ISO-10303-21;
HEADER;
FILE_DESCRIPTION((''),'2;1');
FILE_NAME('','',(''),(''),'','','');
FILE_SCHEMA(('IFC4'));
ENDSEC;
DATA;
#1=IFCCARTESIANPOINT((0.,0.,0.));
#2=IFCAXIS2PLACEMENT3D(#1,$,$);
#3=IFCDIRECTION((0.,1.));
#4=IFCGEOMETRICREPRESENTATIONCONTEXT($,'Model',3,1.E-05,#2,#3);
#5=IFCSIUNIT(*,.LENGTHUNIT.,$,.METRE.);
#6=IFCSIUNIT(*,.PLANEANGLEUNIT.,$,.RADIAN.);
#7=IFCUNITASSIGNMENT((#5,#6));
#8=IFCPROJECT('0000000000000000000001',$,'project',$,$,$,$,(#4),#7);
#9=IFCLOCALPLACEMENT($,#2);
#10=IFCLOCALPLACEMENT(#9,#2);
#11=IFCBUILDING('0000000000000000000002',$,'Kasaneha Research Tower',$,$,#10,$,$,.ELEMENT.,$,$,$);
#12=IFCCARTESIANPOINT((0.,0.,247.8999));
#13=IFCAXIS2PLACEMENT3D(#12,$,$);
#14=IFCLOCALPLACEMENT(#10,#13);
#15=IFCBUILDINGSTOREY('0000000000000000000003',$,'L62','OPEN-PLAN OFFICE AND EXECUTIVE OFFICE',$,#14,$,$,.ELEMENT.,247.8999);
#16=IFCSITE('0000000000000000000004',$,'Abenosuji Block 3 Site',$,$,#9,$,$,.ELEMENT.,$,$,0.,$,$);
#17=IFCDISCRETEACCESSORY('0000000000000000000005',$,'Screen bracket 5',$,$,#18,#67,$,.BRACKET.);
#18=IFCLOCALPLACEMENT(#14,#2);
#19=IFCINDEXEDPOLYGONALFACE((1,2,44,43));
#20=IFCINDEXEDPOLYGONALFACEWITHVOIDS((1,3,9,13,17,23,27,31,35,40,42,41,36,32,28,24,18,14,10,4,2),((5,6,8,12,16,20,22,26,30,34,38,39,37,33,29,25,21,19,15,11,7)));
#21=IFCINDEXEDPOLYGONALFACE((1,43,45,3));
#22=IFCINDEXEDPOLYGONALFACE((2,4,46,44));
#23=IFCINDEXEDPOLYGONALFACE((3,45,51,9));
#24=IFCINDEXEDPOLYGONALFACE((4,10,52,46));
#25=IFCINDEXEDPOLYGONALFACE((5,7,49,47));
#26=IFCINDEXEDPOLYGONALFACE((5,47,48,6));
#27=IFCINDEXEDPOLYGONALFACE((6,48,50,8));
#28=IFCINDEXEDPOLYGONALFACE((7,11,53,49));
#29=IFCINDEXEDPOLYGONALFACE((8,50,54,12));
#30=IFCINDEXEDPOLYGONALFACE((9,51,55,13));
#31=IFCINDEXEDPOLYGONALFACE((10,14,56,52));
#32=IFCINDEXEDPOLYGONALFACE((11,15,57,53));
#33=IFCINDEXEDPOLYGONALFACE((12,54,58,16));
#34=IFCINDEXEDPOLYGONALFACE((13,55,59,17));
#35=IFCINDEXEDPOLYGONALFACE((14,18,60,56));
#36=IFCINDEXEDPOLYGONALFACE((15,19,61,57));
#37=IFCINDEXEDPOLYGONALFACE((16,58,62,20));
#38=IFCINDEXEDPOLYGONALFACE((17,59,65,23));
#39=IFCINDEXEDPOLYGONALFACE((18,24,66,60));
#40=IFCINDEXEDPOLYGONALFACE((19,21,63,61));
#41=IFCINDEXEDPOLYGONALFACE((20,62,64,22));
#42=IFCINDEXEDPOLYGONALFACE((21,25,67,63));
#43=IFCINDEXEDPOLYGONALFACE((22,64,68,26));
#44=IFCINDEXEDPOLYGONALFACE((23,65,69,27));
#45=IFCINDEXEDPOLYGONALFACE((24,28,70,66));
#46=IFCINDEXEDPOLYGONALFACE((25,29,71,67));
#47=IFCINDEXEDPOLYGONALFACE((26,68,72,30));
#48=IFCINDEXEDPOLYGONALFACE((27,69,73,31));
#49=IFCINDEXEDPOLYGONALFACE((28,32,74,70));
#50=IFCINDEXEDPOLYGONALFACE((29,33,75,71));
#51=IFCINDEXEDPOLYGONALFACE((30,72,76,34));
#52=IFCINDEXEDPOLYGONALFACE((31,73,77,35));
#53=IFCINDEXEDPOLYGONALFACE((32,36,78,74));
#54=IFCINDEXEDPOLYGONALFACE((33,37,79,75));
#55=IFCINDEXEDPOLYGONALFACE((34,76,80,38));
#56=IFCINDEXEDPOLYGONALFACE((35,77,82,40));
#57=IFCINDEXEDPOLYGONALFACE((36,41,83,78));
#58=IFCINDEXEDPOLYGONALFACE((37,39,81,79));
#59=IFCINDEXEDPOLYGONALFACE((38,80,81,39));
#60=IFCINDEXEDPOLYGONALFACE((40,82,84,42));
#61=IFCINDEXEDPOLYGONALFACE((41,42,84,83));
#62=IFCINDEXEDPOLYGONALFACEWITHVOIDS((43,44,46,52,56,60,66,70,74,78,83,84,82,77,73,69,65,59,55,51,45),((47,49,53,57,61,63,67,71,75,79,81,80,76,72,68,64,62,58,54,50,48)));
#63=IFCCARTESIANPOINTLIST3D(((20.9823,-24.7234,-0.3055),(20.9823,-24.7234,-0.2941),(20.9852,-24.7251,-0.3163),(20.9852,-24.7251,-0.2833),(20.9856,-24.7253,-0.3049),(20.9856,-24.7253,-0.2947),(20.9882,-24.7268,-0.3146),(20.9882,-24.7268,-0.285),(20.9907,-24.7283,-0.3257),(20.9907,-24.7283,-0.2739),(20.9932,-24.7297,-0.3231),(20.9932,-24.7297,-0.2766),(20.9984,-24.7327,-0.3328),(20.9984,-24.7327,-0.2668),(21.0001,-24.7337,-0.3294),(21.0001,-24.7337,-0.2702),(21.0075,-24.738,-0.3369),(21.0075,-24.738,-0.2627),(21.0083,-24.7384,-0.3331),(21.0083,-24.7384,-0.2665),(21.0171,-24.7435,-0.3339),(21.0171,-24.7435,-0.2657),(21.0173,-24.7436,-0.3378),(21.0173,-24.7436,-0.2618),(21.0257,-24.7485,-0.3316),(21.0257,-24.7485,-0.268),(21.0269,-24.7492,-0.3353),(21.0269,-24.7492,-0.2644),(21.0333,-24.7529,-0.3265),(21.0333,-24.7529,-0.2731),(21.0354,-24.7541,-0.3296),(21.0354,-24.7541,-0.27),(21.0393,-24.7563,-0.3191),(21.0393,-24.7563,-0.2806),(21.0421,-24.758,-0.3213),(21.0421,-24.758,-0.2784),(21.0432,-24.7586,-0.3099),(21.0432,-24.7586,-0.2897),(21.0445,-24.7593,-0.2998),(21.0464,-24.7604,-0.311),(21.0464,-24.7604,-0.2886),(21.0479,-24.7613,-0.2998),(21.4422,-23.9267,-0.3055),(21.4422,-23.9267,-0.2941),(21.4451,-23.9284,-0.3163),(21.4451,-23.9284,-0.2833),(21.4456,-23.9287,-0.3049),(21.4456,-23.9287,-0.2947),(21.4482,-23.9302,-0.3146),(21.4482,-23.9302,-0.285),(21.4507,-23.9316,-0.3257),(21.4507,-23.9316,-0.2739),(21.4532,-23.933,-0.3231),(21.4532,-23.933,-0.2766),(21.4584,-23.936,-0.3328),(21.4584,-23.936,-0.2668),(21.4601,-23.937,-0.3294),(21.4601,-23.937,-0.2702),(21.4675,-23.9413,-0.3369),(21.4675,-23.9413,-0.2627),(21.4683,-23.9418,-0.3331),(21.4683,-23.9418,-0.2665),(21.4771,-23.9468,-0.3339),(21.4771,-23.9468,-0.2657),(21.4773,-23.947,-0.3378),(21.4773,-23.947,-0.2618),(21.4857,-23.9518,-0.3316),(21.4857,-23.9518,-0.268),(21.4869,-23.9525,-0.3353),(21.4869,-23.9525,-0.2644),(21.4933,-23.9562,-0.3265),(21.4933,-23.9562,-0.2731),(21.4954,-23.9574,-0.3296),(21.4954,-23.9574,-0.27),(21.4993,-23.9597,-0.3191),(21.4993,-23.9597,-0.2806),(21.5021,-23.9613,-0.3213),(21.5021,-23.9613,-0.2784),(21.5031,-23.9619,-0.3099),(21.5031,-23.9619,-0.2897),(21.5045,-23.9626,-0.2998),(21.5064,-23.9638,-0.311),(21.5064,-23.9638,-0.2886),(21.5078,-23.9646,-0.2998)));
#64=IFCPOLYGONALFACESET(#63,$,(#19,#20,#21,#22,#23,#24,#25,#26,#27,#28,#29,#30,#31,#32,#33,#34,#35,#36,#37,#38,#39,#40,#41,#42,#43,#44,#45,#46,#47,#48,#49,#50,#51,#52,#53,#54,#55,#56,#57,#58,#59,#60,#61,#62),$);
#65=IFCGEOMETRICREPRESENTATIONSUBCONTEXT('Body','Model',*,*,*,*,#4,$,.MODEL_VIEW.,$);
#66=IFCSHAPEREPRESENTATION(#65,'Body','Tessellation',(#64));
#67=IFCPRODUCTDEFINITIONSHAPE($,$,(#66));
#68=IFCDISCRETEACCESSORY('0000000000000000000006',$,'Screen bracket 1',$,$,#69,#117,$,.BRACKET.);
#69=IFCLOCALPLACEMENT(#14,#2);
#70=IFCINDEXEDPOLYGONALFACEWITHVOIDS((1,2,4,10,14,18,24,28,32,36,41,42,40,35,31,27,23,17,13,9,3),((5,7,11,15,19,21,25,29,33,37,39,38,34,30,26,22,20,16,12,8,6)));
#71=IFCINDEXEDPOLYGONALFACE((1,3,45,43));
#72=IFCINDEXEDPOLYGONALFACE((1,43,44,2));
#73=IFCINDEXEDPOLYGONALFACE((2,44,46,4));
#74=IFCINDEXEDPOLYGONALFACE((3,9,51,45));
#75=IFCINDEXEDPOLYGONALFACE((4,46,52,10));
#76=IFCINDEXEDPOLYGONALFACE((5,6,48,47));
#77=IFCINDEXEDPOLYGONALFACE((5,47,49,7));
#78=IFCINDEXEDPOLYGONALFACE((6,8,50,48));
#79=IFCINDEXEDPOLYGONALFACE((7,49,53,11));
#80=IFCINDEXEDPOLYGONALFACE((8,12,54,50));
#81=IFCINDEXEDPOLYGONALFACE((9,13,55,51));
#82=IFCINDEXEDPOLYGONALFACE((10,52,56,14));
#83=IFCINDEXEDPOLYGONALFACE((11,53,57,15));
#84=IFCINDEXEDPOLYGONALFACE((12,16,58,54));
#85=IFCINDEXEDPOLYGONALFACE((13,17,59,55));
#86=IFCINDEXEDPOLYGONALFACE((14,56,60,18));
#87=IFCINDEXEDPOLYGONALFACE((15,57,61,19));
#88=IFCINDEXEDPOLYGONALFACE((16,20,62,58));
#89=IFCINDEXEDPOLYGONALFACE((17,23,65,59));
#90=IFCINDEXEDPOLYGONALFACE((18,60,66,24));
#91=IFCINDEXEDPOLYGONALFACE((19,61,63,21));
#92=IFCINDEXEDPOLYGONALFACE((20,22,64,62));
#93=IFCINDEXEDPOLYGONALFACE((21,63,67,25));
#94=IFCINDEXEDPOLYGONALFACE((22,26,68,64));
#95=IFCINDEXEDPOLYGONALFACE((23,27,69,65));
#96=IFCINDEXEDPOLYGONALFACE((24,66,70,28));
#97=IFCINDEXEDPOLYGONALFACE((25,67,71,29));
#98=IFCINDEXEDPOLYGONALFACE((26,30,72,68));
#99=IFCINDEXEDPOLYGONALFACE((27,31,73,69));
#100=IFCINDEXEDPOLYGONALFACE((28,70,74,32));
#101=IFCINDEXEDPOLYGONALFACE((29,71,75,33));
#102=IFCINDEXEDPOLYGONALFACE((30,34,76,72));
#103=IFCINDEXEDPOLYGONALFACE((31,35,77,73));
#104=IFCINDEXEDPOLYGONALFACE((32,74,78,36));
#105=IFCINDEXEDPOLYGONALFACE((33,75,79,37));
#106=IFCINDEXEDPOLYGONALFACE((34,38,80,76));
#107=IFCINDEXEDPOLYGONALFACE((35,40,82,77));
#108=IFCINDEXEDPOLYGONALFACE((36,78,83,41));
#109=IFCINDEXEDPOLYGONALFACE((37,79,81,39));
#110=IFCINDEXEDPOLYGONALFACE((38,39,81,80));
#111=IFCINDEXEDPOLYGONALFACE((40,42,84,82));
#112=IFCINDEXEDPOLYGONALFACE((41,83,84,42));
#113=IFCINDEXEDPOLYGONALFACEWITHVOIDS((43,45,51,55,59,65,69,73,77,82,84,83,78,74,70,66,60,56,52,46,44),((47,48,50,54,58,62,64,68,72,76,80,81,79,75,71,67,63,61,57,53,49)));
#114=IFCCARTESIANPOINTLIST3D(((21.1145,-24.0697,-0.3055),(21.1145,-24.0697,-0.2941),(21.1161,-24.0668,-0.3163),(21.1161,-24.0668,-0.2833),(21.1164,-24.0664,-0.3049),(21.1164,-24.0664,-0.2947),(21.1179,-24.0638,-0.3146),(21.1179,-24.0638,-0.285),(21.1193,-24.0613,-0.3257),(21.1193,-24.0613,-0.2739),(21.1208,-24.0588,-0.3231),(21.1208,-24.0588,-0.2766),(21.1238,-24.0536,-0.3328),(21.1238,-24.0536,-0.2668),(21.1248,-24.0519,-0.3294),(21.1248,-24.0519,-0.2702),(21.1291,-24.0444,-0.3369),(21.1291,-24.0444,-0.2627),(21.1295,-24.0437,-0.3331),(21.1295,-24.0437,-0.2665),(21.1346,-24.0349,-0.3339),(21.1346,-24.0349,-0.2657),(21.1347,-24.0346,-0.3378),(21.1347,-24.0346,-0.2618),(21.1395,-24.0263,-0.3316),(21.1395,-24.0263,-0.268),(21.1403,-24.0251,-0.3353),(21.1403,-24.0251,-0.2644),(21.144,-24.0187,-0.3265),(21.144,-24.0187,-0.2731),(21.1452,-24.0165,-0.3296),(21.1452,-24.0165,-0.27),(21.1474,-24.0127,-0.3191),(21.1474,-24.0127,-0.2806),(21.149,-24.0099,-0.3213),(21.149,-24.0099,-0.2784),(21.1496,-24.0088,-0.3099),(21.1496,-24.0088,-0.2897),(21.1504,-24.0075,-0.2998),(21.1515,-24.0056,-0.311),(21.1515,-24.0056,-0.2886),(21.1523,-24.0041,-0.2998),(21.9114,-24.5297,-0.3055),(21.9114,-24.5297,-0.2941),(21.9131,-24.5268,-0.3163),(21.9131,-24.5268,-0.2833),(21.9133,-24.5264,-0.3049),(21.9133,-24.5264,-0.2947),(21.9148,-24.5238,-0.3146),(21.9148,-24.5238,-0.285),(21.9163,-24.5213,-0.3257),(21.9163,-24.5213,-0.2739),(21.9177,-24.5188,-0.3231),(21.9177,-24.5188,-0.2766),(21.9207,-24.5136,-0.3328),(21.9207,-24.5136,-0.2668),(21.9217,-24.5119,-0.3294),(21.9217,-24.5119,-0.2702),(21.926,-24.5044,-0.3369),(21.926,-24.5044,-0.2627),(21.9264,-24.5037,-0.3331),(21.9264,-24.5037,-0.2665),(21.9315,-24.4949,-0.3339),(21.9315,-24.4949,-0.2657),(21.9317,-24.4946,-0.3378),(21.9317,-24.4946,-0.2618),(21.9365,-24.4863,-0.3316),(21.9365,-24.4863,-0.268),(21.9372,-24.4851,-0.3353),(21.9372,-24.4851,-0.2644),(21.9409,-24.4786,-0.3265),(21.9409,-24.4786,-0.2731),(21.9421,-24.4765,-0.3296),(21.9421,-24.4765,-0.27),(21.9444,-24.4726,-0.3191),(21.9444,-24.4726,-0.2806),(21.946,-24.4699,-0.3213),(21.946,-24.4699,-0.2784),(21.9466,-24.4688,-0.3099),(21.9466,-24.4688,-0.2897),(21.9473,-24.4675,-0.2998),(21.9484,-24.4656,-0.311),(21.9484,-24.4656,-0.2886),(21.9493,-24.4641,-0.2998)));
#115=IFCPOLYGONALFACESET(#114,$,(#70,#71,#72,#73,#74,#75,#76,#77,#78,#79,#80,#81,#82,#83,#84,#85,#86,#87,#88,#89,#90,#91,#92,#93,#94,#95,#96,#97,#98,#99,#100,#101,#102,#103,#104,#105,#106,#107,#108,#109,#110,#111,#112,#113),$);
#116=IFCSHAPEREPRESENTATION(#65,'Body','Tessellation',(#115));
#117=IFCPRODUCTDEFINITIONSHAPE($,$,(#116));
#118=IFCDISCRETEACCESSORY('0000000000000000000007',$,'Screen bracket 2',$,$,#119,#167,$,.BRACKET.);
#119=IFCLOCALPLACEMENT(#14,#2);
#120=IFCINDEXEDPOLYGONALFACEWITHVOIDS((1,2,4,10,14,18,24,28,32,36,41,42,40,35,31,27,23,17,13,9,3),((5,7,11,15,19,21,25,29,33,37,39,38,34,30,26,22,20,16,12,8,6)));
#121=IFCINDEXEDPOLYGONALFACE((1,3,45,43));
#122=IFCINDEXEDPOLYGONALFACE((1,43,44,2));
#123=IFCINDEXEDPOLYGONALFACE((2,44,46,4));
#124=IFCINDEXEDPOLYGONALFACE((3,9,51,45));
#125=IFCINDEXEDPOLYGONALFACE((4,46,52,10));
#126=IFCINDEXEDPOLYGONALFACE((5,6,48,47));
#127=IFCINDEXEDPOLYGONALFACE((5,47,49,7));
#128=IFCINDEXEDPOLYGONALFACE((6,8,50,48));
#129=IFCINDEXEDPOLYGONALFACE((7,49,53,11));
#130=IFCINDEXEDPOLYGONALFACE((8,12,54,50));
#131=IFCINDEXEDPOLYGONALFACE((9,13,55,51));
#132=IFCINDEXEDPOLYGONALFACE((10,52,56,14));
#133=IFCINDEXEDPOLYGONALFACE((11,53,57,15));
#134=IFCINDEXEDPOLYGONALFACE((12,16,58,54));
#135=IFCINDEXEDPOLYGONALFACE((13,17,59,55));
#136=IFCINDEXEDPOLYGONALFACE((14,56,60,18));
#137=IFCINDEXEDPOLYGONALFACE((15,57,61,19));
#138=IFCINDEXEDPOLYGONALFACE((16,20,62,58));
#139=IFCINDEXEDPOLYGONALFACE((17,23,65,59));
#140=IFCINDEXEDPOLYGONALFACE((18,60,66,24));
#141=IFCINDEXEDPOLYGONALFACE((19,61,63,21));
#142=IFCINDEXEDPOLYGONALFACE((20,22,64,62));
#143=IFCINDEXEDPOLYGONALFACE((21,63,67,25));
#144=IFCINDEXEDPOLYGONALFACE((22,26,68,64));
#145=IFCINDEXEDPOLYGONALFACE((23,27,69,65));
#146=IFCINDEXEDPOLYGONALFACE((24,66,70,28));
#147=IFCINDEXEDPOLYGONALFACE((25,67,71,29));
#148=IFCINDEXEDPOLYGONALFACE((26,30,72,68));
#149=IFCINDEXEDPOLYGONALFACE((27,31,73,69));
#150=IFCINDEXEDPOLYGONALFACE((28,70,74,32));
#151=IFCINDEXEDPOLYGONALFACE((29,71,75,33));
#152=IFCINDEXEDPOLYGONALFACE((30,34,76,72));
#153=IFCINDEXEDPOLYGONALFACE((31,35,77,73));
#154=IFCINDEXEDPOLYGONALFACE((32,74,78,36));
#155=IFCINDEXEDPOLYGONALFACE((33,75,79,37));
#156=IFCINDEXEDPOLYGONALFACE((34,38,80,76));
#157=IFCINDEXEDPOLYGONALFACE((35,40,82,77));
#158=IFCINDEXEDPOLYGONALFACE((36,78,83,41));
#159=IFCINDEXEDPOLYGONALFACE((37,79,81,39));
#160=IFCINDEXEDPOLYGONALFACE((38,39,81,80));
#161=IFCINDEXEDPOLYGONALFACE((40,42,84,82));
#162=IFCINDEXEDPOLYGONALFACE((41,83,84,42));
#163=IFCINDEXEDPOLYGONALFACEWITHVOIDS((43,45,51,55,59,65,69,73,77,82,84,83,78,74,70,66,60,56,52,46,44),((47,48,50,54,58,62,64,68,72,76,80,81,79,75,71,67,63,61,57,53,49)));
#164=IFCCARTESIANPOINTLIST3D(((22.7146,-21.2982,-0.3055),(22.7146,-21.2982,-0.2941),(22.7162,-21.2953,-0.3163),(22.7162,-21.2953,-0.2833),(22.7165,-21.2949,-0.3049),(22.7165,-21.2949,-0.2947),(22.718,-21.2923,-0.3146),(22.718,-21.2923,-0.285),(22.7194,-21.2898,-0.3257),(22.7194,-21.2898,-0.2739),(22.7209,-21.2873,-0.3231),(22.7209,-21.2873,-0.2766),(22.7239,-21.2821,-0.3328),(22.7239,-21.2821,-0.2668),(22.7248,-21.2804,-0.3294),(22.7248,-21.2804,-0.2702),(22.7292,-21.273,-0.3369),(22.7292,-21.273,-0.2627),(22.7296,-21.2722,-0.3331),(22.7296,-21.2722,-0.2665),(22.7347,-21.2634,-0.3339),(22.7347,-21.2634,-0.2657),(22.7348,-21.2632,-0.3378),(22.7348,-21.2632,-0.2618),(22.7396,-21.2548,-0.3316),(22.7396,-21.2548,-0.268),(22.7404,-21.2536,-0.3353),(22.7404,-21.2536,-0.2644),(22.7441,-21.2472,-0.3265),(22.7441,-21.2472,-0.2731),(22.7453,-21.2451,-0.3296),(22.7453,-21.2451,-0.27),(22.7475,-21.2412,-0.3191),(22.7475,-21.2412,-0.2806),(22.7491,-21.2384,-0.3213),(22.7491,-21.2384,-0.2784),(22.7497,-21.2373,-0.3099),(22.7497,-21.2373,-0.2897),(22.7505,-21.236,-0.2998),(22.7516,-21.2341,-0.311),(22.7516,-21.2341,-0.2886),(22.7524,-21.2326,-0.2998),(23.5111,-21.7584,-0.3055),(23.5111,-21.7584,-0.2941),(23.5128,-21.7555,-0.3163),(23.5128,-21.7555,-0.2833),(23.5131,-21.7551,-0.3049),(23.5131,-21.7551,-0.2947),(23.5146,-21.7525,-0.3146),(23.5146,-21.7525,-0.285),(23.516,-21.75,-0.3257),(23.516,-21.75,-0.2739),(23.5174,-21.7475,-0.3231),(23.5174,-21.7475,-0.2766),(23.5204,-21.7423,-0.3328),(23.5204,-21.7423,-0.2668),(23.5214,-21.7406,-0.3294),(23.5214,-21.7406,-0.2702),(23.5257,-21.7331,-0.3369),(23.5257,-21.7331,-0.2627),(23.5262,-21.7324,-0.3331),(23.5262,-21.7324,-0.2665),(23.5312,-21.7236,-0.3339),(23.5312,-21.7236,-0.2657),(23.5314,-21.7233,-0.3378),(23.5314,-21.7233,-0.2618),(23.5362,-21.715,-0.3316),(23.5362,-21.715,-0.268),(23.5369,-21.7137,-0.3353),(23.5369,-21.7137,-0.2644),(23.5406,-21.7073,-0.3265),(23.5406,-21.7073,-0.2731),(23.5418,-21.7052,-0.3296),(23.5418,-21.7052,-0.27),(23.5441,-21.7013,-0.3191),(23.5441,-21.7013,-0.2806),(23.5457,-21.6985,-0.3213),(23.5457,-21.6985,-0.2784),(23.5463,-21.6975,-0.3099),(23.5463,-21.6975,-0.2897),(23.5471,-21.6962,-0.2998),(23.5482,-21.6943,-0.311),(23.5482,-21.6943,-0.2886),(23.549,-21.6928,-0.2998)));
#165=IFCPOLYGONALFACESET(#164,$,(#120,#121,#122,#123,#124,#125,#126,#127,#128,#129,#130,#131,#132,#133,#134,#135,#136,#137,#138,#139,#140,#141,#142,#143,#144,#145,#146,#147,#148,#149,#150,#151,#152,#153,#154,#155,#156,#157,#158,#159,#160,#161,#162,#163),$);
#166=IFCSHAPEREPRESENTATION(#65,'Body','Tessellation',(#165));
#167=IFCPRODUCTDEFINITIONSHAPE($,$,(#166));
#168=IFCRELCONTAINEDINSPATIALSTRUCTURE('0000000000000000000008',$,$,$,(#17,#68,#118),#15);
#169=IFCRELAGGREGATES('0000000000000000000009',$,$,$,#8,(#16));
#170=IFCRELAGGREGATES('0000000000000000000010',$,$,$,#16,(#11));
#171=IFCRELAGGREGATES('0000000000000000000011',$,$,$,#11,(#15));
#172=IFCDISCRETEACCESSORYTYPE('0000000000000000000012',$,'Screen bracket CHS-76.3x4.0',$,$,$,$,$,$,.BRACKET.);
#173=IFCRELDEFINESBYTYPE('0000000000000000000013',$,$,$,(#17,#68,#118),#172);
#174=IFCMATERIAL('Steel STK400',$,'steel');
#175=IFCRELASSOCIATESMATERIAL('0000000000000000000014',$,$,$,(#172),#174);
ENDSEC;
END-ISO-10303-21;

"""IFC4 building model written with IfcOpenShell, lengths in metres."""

from ifc_helpers import new_model, si_unit, direction, frame, origin, origin_2d, place, context, subcontext, project, spatial, hollow_circle, extrude, material, material_profile, profile_set, type_object, element, save


model = new_model("IFC4")

# Units and contexts
model_context = context("Model", 3, precision=1e-05, world=origin(), true_north=direction((0.0, 1.0)))
body_context = subcontext(model_context, "Body", "Model", "MODEL_VIEW")
ifc_project = project(units=[si_unit("LENGTHUNIT", "METRE"), si_unit("PLANEANGLEUNIT", "RADIAN")], contexts=[model_context])

# Site, building, storey
site_placement = place(None, origin())
site = spatial("IfcSite", under=ifc_project, at=site_placement, Name="Abenosuji Block 3 Site", CompositionType="ELEMENT", RefElevation=0.0)
building_placement = place(site_placement, origin())
building = spatial("IfcBuilding", under=site, at=building_placement, Name="Kasaneha Research Tower", CompositionType="ELEMENT")
storey_placement = place(building_placement, frame((0.0, 0.0, 247.8999)))
storey = spatial("IfcBuildingStorey", under=building, at=storey_placement, Name="L62", Description="OPEN-PLAN OFFICE AND EXECUTIVE OFFICE", CompositionType="ELEMENT", Elevation=247.8999)

# Discrete accessories
ifc_material_1 = material(Name="Steel STK400", Category="steel")
ifc_material_profile_1 = material_profile(ifc_material_1, hollow_circle(Radius=0.0381, WallThickness=0.0039, at=origin_2d()), Name="CHS-76.3x4.0")
ifc_profile_set_1 = profile_set([ifc_material_profile_1], Name="Steel STK400")
discrete_accessory_type = type_object("IfcDiscreteAccessoryType", Name="Screen bracket CHS-76.3x4.0", PredefinedType="BRACKET", material=ifc_profile_set_1)
discrete_accessory_1_placement = place(storey_placement, frame((21.4749, -23.9456, -0.2998), z_axis=(-0.500021, -0.866013, 0.0), x_axis=(0.866013, -0.500021, 0.0)))
element("IfcDiscreteAccessory", 1, at=discrete_accessory_1_placement, inside=storey, type_object=discrete_accessory_type, Name="Screen bracket 5", PredefinedType="BRACKET", context=body_context, shape_type="SweptSolid", body=[
    extrude(hollow_circle(Radius=0.0381, WallThickness=0.0039, at=origin_2d()), origin(), (0.0, 0.0, 1.0), 0.9199),
])
discrete_accessory_2_placement = place(storey_placement, frame((21.1333, -24.0371, -0.2998), z_axis=(0.86608, -0.499906, 0.0), x_axis=(0.499906, 0.86608, 0.0)))
element("IfcDiscreteAccessory", 2, at=discrete_accessory_2_placement, inside=storey, type_object=discrete_accessory_type, Name="Screen bracket 1", PredefinedType="BRACKET", context=body_context, shape_type="SweptSolid", body=[
    extrude(hollow_circle(Radius=0.0381, WallThickness=0.0039, at=origin_2d()), origin(), (0.0, 0.0, 1.0), 0.9202),
])
discrete_accessory_3_placement = place(storey_placement, frame((22.7334, -21.2656, -0.2998), z_axis=(0.865898, -0.50022, 0.0), x_axis=(0.50022, 0.865898, 0.0)))
element("IfcDiscreteAccessory", 3, at=discrete_accessory_3_placement, inside=storey, type_object=discrete_accessory_type, Name="Screen bracket 2", PredefinedType="BRACKET", context=body_context, shape_type="SweptSolid", body=[
    extrude(hollow_circle(Radius=0.0381, WallThickness=0.0039, at=origin_2d()), origin(), (0.0, 0.0, 1.0), 0.9199),
])

save(model, "model.ifc")
